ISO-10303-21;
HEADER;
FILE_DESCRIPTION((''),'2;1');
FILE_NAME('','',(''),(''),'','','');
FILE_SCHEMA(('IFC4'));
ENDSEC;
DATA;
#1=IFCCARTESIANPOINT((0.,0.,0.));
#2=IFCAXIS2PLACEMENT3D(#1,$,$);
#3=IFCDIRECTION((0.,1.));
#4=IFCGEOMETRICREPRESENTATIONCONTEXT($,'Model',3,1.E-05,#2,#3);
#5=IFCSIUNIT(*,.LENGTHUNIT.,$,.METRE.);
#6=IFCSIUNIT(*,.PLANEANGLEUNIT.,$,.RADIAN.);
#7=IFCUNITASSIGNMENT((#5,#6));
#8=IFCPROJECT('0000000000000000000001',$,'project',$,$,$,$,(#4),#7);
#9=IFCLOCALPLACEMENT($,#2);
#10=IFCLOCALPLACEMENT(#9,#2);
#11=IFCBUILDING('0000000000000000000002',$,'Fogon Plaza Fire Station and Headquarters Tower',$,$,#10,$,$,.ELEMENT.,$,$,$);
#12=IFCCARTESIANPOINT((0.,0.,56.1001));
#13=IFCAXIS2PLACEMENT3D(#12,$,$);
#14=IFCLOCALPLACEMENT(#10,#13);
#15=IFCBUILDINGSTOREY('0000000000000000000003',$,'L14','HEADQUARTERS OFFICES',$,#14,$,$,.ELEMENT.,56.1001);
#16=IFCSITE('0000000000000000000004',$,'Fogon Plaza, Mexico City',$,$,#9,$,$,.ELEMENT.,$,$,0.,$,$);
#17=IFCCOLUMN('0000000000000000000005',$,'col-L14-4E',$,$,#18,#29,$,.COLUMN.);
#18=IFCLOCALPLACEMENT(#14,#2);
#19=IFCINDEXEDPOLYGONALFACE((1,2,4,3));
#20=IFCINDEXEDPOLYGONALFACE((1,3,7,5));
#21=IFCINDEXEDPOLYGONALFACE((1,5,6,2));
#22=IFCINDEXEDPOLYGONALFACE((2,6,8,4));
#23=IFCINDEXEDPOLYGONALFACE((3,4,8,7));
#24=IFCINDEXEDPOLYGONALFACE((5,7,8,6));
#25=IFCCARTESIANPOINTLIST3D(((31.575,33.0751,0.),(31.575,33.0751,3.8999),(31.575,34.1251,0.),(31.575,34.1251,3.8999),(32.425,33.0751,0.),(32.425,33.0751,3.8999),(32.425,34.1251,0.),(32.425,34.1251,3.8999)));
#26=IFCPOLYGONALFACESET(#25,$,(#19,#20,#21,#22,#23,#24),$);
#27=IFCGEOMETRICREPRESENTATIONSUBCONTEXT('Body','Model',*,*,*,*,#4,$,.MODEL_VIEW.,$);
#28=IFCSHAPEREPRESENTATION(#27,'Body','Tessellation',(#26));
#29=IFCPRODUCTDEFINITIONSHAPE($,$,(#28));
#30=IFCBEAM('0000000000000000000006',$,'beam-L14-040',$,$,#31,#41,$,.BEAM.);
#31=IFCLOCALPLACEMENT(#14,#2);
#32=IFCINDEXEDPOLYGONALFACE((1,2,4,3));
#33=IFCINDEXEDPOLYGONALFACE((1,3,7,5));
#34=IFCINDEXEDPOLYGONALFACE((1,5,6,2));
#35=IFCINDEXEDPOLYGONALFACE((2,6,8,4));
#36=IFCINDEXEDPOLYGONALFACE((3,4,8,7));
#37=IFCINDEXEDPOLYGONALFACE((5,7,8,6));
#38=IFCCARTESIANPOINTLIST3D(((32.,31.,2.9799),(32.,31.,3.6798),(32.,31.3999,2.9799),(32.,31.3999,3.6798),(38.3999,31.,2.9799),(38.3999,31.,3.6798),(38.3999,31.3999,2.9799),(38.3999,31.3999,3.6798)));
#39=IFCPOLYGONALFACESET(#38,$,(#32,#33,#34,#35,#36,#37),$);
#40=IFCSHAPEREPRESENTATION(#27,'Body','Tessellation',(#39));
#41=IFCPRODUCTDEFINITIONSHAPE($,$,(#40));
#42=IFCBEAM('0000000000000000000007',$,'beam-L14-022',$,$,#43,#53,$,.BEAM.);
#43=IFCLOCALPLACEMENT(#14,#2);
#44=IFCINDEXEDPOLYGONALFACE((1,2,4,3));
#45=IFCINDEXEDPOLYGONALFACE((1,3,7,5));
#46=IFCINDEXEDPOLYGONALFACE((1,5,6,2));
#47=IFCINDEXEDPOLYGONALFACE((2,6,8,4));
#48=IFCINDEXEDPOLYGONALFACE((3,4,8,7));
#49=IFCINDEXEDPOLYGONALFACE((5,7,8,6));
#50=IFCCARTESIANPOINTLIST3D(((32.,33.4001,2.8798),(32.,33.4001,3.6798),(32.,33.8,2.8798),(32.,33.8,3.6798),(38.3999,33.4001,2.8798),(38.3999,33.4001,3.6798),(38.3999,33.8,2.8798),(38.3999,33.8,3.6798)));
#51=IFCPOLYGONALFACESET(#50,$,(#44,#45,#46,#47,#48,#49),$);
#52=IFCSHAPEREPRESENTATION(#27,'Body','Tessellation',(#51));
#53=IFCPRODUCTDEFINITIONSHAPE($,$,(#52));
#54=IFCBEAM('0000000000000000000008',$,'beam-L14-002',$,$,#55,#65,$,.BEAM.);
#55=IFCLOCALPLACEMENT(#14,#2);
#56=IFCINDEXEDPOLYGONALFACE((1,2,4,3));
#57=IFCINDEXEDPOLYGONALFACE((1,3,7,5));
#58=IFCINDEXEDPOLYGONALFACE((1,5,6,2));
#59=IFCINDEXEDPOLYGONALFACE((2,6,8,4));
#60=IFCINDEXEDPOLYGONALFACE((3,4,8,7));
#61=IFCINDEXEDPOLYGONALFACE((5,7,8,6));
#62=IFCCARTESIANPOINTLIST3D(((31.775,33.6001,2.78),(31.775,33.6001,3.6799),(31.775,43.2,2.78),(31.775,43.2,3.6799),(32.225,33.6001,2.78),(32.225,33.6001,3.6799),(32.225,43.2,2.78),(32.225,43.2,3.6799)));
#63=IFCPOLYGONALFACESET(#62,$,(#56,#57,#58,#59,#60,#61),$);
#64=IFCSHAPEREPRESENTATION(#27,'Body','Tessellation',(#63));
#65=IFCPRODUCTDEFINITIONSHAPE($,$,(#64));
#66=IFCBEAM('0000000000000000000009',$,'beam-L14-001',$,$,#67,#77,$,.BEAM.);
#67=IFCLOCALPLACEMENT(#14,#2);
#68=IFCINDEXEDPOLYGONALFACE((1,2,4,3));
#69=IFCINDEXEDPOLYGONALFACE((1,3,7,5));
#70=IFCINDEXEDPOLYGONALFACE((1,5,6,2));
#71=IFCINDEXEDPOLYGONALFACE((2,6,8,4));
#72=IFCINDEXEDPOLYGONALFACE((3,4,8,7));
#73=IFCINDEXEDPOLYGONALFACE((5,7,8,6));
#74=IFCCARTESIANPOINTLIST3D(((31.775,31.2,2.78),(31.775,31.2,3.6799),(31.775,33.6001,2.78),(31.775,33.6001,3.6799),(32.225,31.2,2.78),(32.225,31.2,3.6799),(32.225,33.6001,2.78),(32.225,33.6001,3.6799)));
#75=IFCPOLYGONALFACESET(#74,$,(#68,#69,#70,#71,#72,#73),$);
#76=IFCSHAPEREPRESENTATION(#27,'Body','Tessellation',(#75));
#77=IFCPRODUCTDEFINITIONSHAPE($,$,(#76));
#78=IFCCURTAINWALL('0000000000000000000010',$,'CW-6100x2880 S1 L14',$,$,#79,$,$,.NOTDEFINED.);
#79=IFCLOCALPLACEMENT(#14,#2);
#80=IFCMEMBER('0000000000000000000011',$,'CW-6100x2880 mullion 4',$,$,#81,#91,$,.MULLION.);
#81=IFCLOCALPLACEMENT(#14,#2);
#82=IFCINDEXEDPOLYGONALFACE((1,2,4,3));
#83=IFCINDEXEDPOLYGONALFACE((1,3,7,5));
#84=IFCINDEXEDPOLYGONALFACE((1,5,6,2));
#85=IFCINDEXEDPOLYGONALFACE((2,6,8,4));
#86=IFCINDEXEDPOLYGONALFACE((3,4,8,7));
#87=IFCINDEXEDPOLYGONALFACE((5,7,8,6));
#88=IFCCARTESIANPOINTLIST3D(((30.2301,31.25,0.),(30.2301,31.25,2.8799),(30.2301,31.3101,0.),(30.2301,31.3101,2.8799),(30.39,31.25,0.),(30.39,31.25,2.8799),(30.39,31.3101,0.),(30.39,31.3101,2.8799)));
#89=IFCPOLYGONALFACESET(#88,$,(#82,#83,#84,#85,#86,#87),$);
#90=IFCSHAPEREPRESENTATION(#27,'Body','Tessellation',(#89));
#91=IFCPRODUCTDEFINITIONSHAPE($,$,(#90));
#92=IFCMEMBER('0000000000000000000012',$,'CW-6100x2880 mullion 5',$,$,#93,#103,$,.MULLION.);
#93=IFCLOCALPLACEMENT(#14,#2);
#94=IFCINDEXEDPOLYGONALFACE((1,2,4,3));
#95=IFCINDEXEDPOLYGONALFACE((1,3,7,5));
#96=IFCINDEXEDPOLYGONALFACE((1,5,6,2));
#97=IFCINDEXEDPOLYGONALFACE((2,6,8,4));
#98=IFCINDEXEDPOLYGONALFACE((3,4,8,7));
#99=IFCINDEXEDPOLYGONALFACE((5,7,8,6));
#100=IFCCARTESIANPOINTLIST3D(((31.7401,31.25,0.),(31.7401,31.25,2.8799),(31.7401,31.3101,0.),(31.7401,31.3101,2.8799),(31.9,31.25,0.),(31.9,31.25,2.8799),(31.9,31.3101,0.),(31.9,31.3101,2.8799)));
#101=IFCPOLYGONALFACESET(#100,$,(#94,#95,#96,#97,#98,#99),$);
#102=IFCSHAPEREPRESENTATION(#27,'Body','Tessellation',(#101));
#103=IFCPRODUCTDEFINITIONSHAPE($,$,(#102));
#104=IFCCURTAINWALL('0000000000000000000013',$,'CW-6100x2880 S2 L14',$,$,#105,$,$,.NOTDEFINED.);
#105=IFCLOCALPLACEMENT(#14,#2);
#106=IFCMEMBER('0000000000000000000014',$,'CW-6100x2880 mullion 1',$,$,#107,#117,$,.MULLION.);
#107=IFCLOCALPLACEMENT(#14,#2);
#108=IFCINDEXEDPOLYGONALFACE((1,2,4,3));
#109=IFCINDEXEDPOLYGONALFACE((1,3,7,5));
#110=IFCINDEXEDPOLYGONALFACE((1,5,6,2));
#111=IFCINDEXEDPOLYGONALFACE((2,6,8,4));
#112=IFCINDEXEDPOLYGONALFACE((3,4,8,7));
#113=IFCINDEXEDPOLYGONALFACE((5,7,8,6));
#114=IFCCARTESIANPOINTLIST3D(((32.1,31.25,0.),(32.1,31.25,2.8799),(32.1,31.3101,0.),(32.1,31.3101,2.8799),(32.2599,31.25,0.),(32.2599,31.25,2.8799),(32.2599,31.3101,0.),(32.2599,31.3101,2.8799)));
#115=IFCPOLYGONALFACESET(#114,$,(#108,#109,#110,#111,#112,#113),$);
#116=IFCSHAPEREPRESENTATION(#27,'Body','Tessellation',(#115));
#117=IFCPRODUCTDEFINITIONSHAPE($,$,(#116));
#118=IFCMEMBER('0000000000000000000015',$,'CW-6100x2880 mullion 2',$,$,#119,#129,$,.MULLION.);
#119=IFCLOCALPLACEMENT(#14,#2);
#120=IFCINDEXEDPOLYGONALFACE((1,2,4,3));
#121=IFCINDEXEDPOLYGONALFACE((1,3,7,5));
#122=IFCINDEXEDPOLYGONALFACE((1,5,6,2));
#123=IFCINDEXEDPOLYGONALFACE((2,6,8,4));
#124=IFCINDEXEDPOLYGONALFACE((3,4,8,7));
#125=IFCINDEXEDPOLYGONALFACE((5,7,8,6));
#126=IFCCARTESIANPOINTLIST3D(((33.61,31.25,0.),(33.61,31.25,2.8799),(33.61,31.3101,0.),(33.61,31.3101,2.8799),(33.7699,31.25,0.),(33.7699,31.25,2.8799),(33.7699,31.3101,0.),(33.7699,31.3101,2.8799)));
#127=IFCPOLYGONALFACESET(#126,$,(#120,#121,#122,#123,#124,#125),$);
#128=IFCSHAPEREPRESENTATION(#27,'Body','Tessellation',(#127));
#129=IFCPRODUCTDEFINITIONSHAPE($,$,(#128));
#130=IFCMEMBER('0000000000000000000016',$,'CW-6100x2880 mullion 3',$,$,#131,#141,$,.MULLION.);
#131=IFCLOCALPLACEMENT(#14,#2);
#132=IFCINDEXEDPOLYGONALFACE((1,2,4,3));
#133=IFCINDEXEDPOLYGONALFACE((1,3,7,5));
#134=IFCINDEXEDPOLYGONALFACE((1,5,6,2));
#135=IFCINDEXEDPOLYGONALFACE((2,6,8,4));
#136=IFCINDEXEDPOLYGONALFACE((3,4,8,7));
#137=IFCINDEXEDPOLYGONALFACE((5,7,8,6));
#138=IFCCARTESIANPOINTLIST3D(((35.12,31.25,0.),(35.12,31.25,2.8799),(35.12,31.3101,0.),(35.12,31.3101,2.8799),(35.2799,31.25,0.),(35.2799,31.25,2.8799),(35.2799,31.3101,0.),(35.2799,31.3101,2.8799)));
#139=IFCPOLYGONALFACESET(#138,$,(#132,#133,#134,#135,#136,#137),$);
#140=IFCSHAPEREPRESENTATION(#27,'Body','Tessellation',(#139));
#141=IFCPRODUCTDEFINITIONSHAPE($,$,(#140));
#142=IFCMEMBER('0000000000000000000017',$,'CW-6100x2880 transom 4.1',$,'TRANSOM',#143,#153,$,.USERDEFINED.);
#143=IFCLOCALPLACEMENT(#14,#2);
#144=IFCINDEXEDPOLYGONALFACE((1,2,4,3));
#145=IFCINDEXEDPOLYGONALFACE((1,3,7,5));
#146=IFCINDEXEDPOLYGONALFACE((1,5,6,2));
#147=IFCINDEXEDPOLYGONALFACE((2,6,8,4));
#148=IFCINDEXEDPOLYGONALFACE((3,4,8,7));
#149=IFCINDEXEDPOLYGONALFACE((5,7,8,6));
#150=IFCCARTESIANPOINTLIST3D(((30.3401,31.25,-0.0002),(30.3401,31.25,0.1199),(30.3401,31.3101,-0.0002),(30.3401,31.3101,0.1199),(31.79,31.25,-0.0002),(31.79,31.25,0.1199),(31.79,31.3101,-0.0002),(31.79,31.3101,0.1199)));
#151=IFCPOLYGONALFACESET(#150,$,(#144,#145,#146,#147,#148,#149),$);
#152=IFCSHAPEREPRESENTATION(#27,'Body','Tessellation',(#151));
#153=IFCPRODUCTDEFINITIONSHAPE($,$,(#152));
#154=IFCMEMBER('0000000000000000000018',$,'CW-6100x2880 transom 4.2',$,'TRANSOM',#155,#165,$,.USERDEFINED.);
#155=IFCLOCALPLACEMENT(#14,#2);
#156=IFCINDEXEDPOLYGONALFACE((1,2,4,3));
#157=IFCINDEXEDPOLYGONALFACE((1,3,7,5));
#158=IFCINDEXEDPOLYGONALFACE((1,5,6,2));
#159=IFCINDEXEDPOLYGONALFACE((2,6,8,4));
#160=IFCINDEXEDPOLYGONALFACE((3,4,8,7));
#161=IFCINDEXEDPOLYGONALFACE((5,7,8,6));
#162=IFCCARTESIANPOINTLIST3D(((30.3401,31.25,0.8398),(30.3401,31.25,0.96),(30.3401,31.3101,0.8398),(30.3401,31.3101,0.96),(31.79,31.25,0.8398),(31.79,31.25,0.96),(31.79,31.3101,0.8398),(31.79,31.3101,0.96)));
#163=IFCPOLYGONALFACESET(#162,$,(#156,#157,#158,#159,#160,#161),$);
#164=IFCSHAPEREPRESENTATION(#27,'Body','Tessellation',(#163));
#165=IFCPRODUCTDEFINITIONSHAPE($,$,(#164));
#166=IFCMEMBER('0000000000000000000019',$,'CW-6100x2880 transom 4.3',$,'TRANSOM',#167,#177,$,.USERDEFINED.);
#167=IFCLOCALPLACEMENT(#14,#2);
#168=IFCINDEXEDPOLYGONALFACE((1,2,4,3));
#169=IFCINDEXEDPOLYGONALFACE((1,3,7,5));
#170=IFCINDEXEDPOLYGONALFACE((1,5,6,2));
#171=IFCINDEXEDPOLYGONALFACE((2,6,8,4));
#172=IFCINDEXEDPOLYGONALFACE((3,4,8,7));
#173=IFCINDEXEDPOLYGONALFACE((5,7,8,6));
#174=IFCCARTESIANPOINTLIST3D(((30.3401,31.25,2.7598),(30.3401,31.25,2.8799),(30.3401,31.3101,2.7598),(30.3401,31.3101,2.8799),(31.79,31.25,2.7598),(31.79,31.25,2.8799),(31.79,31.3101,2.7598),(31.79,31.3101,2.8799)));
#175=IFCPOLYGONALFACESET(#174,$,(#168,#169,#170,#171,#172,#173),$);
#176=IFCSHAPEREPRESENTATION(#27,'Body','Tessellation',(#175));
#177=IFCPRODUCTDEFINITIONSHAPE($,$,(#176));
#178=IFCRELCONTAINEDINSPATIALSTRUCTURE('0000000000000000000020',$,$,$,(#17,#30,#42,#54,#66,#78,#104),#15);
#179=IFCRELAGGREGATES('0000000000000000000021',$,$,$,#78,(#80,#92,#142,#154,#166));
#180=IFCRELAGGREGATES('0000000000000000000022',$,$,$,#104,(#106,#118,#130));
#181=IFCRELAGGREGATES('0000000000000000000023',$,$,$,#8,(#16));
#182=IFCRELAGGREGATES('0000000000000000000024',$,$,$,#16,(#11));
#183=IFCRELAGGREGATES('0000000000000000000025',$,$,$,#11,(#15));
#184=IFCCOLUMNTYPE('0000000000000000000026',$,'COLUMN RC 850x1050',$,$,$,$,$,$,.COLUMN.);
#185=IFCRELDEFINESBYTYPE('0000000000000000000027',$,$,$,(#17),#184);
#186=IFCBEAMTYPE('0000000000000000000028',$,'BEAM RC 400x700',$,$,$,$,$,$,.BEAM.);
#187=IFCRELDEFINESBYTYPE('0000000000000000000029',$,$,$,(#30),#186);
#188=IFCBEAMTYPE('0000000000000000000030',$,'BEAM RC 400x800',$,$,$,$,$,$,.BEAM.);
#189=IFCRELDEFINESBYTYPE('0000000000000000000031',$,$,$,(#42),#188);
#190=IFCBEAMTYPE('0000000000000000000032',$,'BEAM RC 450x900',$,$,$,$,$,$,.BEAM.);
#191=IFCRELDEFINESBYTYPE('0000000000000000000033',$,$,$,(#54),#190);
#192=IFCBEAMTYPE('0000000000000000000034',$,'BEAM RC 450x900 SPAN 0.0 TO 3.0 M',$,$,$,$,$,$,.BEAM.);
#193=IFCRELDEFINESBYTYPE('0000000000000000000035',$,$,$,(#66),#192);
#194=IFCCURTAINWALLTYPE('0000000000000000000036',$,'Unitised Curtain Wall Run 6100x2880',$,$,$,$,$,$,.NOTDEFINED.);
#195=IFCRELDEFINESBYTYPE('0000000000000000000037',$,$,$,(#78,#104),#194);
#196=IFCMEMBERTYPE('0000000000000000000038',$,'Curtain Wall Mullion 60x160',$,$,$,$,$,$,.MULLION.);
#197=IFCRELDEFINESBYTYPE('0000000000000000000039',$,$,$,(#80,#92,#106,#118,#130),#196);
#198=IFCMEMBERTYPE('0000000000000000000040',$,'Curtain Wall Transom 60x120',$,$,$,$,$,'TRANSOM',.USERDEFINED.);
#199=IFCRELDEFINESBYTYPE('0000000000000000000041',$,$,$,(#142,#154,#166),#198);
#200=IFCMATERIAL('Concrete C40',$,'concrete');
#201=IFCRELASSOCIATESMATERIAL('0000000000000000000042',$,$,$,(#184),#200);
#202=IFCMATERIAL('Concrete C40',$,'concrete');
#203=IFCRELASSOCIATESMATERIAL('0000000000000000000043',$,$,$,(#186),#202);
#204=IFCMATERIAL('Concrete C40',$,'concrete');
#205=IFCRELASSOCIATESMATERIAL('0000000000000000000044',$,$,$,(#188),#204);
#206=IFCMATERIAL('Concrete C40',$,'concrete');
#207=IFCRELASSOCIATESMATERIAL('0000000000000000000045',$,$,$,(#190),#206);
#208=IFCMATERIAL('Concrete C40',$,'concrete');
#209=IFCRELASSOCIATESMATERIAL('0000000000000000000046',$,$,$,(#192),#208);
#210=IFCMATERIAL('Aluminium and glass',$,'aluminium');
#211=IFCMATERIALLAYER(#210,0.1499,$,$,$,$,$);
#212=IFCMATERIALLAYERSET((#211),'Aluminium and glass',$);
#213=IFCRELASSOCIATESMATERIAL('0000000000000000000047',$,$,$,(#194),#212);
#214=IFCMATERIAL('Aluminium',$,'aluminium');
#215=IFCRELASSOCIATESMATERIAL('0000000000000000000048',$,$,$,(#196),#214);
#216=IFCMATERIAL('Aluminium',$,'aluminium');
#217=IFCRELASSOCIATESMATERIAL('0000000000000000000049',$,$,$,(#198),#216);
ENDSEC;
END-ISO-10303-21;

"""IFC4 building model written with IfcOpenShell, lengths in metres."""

from ifc_helpers import new_model, si_unit, direction, frame, origin, origin_2d, place, context, subcontext, project, spatial, rectangle, extrude, material, layer, layer_set, material_profile, profile_set, type_object, element, aggregate, save


model = new_model("IFC4")

# Units and contexts
model_context = context("Model", 3, precision=1e-05, world=origin(), true_north=direction((0.0, 1.0)))
body_context = subcontext(model_context, "Body", "Model", "MODEL_VIEW")
ifc_project = project(units=[si_unit("LENGTHUNIT", "METRE"), si_unit("PLANEANGLEUNIT", "RADIAN")], contexts=[model_context])

# Site, building, storey
site_placement = place(None, origin())
site = spatial("IfcSite", under=ifc_project, at=site_placement, Name="Fogon Plaza, Mexico City", CompositionType="ELEMENT", RefElevation=0.0)
building_placement = place(site_placement, origin())
building = spatial("IfcBuilding", under=site, at=building_placement, Name="Fogon Plaza Fire Station and Headquarters Tower", CompositionType="ELEMENT")
storey_placement = place(building_placement, frame((0.0, 0.0, 56.1001)))
storey = spatial("IfcBuildingStorey", under=building, at=storey_placement, Name="L14", Description="HEADQUARTERS OFFICES", CompositionType="ELEMENT", Elevation=56.1001)

# Column
ifc_material_1 = material(Name="Concrete C40", Category="concrete")
ifc_material_profile_1 = material_profile(ifc_material_1, rectangle(XDim=0.8501, YDim=1.05, at=origin_2d()), Name="RC 850x1050")
ifc_profile_set_1 = profile_set([ifc_material_profile_1], Name="Concrete C40")
column_type = type_object("IfcColumnType", Name="COLUMN RC 850x1050", PredefinedType="COLUMN", material=ifc_profile_set_1)
column_placement = place(storey_placement, frame((32.0, 33.6001, 0.0), z_axis=(0.0, 0.0, 1.0), x_axis=(1.0, 0.0, 0.0)))
element("IfcColumn", 1, at=column_placement, inside=storey, type_object=column_type, Name="col-L14-4E", PredefinedType="COLUMN", context=body_context, shape_type="SweptSolid", body=[
    extrude(rectangle(XDim=0.8501, YDim=1.05, at=origin_2d()), origin(), (0.0, 0.0, 1.0), 3.8999),
])

# Beams
ifc_material_2 = material(Name="Concrete C40", Category="concrete")
ifc_material_profile_2 = material_profile(ifc_material_2, rectangle(XDim=0.3999, YDim=0.7, at=origin_2d()), Name="RC 400x700")
ifc_profile_set_2 = profile_set([ifc_material_profile_2], Name="Concrete C40")
beam_type_1 = type_object("IfcBeamType", Name="BEAM RC 400x700", PredefinedType="BEAM", material=ifc_profile_set_2)
beam_1_placement = place(storey_placement, frame((32.0, 31.2, 3.3298), z_axis=(1.0, 0.0, 0.0), x_axis=(0.0, 1.0, 0.0)))
element("IfcBeam", 2, at=beam_1_placement, inside=storey, type_object=beam_type_1, Name="beam-L14-040", PredefinedType="BEAM", context=body_context, shape_type="SweptSolid", body=[
    extrude(rectangle(XDim=0.3999, YDim=0.7, at=origin_2d()), origin(), (0.0, 0.0, 1.0), 6.3999),
])
ifc_material_3 = material(Name="Concrete C40", Category="concrete")
ifc_material_profile_3 = material_profile(ifc_material_3, rectangle(XDim=0.3999, YDim=0.8, at=origin_2d()), Name="RC 400x800")
ifc_profile_set_3 = profile_set([ifc_material_profile_3], Name="Concrete C40")
beam_type_2 = type_object("IfcBeamType", Name="BEAM RC 400x800", PredefinedType="BEAM", material=ifc_profile_set_3)
beam_2_placement = place(storey_placement, frame((32.0, 33.6001, 3.2798), z_axis=(1.0, 0.0, 0.0), x_axis=(0.0, 1.0, 0.0)))
element("IfcBeam", 3, at=beam_2_placement, inside=storey, type_object=beam_type_2, Name="beam-L14-022", PredefinedType="BEAM", context=body_context, shape_type="SweptSolid", body=[
    extrude(rectangle(XDim=0.3999, YDim=0.8, at=origin_2d()), origin(), (0.0, 0.0, 1.0), 6.3999),
])
ifc_material_4 = material(Name="Concrete C40", Category="concrete")
ifc_material_profile_4 = material_profile(ifc_material_4, rectangle(XDim=0.45, YDim=0.8999, at=origin_2d()), Name="RC 450x900")
ifc_profile_set_4 = profile_set([ifc_material_profile_4], Name="Concrete C40")
beam_type_3 = type_object("IfcBeamType", Name="BEAM RC 450x900", PredefinedType="BEAM", material=ifc_profile_set_4)
beam_3_placement = place(storey_placement, frame((32.0, 33.6001, 3.23), z_axis=(0.0, 1.0, 0.0), x_axis=(-1.0, 0.0, 0.0)))
element("IfcBeam", 4, at=beam_3_placement, inside=storey, type_object=beam_type_3, Name="beam-L14-002", PredefinedType="BEAM", context=body_context, shape_type="SweptSolid", body=[
    extrude(rectangle(XDim=0.45, YDim=0.8999, at=origin_2d()), origin(), (0.0, 0.0, 1.0), 9.5999),
])
ifc_material_5 = material(Name="Concrete C40", Category="concrete")
ifc_material_profile_5 = material_profile(ifc_material_5, rectangle(XDim=0.45, YDim=0.8999, at=origin_2d()), Name="RC 450x900")
ifc_profile_set_5 = profile_set([ifc_material_profile_5], Name="Concrete C40")
beam_type_4 = type_object("IfcBeamType", Name="BEAM RC 450x900 SPAN 0.0 TO 3.0 M", PredefinedType="BEAM", material=ifc_profile_set_5)
beam_4_placement = place(storey_placement, frame((32.0, 31.2, 3.23), z_axis=(0.0, 1.0, 0.0), x_axis=(-1.0, 0.0, 0.0)))
element("IfcBeam", 5, at=beam_4_placement, inside=storey, type_object=beam_type_4, Name="beam-L14-001", PredefinedType="BEAM", context=body_context, shape_type="SweptSolid", body=[
    extrude(rectangle(XDim=0.45, YDim=0.8999, at=origin_2d()), origin(), (0.0, 0.0, 1.0), 2.4001),
])

# Curtain walls, members
ifc_material_6 = material(Name="Aluminium and glass", Category="aluminium")
ifc_layer_1 = layer(ifc_material_6, 0.1499)
ifc_layer_set_1 = layer_set([ifc_layer_1], Name="Aluminium and glass")
curtain_wall_type = type_object("IfcCurtainWallType", Name="Unitised Curtain Wall Run 6100x2880", PredefinedType="NOTDEFINED", material=ifc_layer_set_1)
curtain_wall_1_placement = place(storey_placement, origin())
curtain_wall_1 = element("IfcCurtainWall", 6, at=curtain_wall_1_placement, inside=storey, type_object=curtain_wall_type, Name="CW-6100x2880 S1 L14", PredefinedType="NOTDEFINED")
ifc_material_7 = material(Name="Aluminium", Category="aluminium")
ifc_material_profile_6 = material_profile(ifc_material_7, rectangle(XDim=0.0601, YDim=0.1599, at=origin_2d()), Name="Curtain Wall Mullion 60x160")
ifc_profile_set_6 = profile_set([ifc_material_profile_6], Name="Aluminium")
member_type_1 = type_object("IfcMemberType", Name="Curtain Wall Mullion 60x160", PredefinedType="MULLION", material=ifc_profile_set_6)
member_1_placement = place(storey_placement, frame((30.3101, 31.28, 0.0), z_axis=(0.0, 0.0, 1.0), x_axis=(0.0, 1.0, 0.0)))
member_1 = element("IfcMember", 7, at=member_1_placement, type_object=member_type_1, Name="CW-6100x2880 mullion 4", PredefinedType="MULLION", context=body_context, shape_type="SweptSolid", body=[
    extrude(rectangle(XDim=0.0601, YDim=0.1599, at=origin_2d()), origin(), (0.0, 0.0, 1.0), 2.8799),
])
member_2_placement = place(storey_placement, frame((31.8201, 31.28, 0.0), z_axis=(0.0, 0.0, 1.0), x_axis=(0.0, 1.0, 0.0)))
member_2 = element("IfcMember", 8, at=member_2_placement, type_object=member_type_1, Name="CW-6100x2880 mullion 5", PredefinedType="MULLION", context=body_context, shape_type="SweptSolid", body=[
    extrude(rectangle(XDim=0.0601, YDim=0.1599, at=origin_2d()), origin(), (0.0, 0.0, 1.0), 2.8799),
])
curtain_wall_2_placement = place(storey_placement, origin())
curtain_wall_2 = element("IfcCurtainWall", 9, at=curtain_wall_2_placement, inside=storey, type_object=curtain_wall_type, Name="CW-6100x2880 S2 L14", PredefinedType="NOTDEFINED")
member_3_placement = place(storey_placement, frame((32.1799, 31.28, 0.0), z_axis=(0.0, 0.0, 1.0), x_axis=(0.0, 1.0, 0.0)))
member_3 = element("IfcMember", 10, at=member_3_placement, type_object=member_type_1, Name="CW-6100x2880 mullion 1", PredefinedType="MULLION", context=body_context, shape_type="SweptSolid", body=[
    extrude(rectangle(XDim=0.0601, YDim=0.1599, at=origin_2d()), origin(), (0.0, 0.0, 1.0), 2.8799),
])
member_4_placement = place(storey_placement, frame((33.6899, 31.28, 0.0), z_axis=(0.0, 0.0, 1.0), x_axis=(0.0, 1.0, 0.0)))
member_4 = element("IfcMember", 11, at=member_4_placement, type_object=member_type_1, Name="CW-6100x2880 mullion 2", PredefinedType="MULLION", context=body_context, shape_type="SweptSolid", body=[
    extrude(rectangle(XDim=0.0601, YDim=0.1599, at=origin_2d()), origin(), (0.0, 0.0, 1.0), 2.8799),
])
member_5_placement = place(storey_placement, frame((35.2, 31.28, 0.0), z_axis=(0.0, 0.0, 1.0), x_axis=(0.0, 1.0, 0.0)))
member_5 = element("IfcMember", 12, at=member_5_placement, type_object=member_type_1, Name="CW-6100x2880 mullion 3", PredefinedType="MULLION", context=body_context, shape_type="SweptSolid", body=[
    extrude(rectangle(XDim=0.0601, YDim=0.1599, at=origin_2d()), origin(), (0.0, 0.0, 1.0), 2.8799),
])

# Members
ifc_material_8 = material(Name="Aluminium", Category="aluminium")
ifc_material_profile_7 = material_profile(ifc_material_8, rectangle(XDim=0.0601, YDim=0.1201, at=origin_2d()), Name="Curtain Wall Transom 60x120")
ifc_profile_set_7 = profile_set([ifc_material_profile_7], Name="Aluminium")
member_type_2 = type_object("IfcMemberType", Name="Curtain Wall Transom 60x120", ElementType="TRANSOM", PredefinedType="USERDEFINED", material=ifc_profile_set_7)
member_6_placement = place(storey_placement, frame((30.3401, 31.28, 0.0598), z_axis=(1.0, 0.0, 0.0), x_axis=(0.0, 1.0, 0.0)))
member_6 = element("IfcMember", 13, at=member_6_placement, type_object=member_type_2, Name="CW-6100x2880 transom 4.1", ObjectType="TRANSOM", PredefinedType="USERDEFINED", context=body_context, shape_type="SweptSolid", body=[
    extrude(rectangle(XDim=0.0601, YDim=0.1201, at=origin_2d()), origin(), (0.0, 0.0, 1.0), 1.45),
])
member_7_placement = place(storey_placement, frame((30.3401, 31.28, 0.8999), z_axis=(1.0, 0.0, 0.0), x_axis=(0.0, 1.0, 0.0)))
member_7 = element("IfcMember", 14, at=member_7_placement, type_object=member_type_2, Name="CW-6100x2880 transom 4.2", ObjectType="TRANSOM", PredefinedType="USERDEFINED", context=body_context, shape_type="SweptSolid", body=[
    extrude(rectangle(XDim=0.0601, YDim=0.1201, at=origin_2d()), origin(), (0.0, 0.0, 1.0), 1.45),
])
member_8_placement = place(storey_placement, frame((30.3401, 31.28, 2.8198), z_axis=(1.0, 0.0, 0.0), x_axis=(0.0, 1.0, 0.0)))
member_8 = element("IfcMember", 15, at=member_8_placement, type_object=member_type_2, Name="CW-6100x2880 transom 4.3", ObjectType="TRANSOM", PredefinedType="USERDEFINED", context=body_context, shape_type="SweptSolid", body=[
    extrude(rectangle(XDim=0.0601, YDim=0.1201, at=origin_2d()), origin(), (0.0, 0.0, 1.0), 1.45),
])

aggregate(curtain_wall_1, [member_1, member_2, member_6, member_7, member_8])
aggregate(curtain_wall_2, [member_3, member_4, member_5])

save(model, "model.ifc")
